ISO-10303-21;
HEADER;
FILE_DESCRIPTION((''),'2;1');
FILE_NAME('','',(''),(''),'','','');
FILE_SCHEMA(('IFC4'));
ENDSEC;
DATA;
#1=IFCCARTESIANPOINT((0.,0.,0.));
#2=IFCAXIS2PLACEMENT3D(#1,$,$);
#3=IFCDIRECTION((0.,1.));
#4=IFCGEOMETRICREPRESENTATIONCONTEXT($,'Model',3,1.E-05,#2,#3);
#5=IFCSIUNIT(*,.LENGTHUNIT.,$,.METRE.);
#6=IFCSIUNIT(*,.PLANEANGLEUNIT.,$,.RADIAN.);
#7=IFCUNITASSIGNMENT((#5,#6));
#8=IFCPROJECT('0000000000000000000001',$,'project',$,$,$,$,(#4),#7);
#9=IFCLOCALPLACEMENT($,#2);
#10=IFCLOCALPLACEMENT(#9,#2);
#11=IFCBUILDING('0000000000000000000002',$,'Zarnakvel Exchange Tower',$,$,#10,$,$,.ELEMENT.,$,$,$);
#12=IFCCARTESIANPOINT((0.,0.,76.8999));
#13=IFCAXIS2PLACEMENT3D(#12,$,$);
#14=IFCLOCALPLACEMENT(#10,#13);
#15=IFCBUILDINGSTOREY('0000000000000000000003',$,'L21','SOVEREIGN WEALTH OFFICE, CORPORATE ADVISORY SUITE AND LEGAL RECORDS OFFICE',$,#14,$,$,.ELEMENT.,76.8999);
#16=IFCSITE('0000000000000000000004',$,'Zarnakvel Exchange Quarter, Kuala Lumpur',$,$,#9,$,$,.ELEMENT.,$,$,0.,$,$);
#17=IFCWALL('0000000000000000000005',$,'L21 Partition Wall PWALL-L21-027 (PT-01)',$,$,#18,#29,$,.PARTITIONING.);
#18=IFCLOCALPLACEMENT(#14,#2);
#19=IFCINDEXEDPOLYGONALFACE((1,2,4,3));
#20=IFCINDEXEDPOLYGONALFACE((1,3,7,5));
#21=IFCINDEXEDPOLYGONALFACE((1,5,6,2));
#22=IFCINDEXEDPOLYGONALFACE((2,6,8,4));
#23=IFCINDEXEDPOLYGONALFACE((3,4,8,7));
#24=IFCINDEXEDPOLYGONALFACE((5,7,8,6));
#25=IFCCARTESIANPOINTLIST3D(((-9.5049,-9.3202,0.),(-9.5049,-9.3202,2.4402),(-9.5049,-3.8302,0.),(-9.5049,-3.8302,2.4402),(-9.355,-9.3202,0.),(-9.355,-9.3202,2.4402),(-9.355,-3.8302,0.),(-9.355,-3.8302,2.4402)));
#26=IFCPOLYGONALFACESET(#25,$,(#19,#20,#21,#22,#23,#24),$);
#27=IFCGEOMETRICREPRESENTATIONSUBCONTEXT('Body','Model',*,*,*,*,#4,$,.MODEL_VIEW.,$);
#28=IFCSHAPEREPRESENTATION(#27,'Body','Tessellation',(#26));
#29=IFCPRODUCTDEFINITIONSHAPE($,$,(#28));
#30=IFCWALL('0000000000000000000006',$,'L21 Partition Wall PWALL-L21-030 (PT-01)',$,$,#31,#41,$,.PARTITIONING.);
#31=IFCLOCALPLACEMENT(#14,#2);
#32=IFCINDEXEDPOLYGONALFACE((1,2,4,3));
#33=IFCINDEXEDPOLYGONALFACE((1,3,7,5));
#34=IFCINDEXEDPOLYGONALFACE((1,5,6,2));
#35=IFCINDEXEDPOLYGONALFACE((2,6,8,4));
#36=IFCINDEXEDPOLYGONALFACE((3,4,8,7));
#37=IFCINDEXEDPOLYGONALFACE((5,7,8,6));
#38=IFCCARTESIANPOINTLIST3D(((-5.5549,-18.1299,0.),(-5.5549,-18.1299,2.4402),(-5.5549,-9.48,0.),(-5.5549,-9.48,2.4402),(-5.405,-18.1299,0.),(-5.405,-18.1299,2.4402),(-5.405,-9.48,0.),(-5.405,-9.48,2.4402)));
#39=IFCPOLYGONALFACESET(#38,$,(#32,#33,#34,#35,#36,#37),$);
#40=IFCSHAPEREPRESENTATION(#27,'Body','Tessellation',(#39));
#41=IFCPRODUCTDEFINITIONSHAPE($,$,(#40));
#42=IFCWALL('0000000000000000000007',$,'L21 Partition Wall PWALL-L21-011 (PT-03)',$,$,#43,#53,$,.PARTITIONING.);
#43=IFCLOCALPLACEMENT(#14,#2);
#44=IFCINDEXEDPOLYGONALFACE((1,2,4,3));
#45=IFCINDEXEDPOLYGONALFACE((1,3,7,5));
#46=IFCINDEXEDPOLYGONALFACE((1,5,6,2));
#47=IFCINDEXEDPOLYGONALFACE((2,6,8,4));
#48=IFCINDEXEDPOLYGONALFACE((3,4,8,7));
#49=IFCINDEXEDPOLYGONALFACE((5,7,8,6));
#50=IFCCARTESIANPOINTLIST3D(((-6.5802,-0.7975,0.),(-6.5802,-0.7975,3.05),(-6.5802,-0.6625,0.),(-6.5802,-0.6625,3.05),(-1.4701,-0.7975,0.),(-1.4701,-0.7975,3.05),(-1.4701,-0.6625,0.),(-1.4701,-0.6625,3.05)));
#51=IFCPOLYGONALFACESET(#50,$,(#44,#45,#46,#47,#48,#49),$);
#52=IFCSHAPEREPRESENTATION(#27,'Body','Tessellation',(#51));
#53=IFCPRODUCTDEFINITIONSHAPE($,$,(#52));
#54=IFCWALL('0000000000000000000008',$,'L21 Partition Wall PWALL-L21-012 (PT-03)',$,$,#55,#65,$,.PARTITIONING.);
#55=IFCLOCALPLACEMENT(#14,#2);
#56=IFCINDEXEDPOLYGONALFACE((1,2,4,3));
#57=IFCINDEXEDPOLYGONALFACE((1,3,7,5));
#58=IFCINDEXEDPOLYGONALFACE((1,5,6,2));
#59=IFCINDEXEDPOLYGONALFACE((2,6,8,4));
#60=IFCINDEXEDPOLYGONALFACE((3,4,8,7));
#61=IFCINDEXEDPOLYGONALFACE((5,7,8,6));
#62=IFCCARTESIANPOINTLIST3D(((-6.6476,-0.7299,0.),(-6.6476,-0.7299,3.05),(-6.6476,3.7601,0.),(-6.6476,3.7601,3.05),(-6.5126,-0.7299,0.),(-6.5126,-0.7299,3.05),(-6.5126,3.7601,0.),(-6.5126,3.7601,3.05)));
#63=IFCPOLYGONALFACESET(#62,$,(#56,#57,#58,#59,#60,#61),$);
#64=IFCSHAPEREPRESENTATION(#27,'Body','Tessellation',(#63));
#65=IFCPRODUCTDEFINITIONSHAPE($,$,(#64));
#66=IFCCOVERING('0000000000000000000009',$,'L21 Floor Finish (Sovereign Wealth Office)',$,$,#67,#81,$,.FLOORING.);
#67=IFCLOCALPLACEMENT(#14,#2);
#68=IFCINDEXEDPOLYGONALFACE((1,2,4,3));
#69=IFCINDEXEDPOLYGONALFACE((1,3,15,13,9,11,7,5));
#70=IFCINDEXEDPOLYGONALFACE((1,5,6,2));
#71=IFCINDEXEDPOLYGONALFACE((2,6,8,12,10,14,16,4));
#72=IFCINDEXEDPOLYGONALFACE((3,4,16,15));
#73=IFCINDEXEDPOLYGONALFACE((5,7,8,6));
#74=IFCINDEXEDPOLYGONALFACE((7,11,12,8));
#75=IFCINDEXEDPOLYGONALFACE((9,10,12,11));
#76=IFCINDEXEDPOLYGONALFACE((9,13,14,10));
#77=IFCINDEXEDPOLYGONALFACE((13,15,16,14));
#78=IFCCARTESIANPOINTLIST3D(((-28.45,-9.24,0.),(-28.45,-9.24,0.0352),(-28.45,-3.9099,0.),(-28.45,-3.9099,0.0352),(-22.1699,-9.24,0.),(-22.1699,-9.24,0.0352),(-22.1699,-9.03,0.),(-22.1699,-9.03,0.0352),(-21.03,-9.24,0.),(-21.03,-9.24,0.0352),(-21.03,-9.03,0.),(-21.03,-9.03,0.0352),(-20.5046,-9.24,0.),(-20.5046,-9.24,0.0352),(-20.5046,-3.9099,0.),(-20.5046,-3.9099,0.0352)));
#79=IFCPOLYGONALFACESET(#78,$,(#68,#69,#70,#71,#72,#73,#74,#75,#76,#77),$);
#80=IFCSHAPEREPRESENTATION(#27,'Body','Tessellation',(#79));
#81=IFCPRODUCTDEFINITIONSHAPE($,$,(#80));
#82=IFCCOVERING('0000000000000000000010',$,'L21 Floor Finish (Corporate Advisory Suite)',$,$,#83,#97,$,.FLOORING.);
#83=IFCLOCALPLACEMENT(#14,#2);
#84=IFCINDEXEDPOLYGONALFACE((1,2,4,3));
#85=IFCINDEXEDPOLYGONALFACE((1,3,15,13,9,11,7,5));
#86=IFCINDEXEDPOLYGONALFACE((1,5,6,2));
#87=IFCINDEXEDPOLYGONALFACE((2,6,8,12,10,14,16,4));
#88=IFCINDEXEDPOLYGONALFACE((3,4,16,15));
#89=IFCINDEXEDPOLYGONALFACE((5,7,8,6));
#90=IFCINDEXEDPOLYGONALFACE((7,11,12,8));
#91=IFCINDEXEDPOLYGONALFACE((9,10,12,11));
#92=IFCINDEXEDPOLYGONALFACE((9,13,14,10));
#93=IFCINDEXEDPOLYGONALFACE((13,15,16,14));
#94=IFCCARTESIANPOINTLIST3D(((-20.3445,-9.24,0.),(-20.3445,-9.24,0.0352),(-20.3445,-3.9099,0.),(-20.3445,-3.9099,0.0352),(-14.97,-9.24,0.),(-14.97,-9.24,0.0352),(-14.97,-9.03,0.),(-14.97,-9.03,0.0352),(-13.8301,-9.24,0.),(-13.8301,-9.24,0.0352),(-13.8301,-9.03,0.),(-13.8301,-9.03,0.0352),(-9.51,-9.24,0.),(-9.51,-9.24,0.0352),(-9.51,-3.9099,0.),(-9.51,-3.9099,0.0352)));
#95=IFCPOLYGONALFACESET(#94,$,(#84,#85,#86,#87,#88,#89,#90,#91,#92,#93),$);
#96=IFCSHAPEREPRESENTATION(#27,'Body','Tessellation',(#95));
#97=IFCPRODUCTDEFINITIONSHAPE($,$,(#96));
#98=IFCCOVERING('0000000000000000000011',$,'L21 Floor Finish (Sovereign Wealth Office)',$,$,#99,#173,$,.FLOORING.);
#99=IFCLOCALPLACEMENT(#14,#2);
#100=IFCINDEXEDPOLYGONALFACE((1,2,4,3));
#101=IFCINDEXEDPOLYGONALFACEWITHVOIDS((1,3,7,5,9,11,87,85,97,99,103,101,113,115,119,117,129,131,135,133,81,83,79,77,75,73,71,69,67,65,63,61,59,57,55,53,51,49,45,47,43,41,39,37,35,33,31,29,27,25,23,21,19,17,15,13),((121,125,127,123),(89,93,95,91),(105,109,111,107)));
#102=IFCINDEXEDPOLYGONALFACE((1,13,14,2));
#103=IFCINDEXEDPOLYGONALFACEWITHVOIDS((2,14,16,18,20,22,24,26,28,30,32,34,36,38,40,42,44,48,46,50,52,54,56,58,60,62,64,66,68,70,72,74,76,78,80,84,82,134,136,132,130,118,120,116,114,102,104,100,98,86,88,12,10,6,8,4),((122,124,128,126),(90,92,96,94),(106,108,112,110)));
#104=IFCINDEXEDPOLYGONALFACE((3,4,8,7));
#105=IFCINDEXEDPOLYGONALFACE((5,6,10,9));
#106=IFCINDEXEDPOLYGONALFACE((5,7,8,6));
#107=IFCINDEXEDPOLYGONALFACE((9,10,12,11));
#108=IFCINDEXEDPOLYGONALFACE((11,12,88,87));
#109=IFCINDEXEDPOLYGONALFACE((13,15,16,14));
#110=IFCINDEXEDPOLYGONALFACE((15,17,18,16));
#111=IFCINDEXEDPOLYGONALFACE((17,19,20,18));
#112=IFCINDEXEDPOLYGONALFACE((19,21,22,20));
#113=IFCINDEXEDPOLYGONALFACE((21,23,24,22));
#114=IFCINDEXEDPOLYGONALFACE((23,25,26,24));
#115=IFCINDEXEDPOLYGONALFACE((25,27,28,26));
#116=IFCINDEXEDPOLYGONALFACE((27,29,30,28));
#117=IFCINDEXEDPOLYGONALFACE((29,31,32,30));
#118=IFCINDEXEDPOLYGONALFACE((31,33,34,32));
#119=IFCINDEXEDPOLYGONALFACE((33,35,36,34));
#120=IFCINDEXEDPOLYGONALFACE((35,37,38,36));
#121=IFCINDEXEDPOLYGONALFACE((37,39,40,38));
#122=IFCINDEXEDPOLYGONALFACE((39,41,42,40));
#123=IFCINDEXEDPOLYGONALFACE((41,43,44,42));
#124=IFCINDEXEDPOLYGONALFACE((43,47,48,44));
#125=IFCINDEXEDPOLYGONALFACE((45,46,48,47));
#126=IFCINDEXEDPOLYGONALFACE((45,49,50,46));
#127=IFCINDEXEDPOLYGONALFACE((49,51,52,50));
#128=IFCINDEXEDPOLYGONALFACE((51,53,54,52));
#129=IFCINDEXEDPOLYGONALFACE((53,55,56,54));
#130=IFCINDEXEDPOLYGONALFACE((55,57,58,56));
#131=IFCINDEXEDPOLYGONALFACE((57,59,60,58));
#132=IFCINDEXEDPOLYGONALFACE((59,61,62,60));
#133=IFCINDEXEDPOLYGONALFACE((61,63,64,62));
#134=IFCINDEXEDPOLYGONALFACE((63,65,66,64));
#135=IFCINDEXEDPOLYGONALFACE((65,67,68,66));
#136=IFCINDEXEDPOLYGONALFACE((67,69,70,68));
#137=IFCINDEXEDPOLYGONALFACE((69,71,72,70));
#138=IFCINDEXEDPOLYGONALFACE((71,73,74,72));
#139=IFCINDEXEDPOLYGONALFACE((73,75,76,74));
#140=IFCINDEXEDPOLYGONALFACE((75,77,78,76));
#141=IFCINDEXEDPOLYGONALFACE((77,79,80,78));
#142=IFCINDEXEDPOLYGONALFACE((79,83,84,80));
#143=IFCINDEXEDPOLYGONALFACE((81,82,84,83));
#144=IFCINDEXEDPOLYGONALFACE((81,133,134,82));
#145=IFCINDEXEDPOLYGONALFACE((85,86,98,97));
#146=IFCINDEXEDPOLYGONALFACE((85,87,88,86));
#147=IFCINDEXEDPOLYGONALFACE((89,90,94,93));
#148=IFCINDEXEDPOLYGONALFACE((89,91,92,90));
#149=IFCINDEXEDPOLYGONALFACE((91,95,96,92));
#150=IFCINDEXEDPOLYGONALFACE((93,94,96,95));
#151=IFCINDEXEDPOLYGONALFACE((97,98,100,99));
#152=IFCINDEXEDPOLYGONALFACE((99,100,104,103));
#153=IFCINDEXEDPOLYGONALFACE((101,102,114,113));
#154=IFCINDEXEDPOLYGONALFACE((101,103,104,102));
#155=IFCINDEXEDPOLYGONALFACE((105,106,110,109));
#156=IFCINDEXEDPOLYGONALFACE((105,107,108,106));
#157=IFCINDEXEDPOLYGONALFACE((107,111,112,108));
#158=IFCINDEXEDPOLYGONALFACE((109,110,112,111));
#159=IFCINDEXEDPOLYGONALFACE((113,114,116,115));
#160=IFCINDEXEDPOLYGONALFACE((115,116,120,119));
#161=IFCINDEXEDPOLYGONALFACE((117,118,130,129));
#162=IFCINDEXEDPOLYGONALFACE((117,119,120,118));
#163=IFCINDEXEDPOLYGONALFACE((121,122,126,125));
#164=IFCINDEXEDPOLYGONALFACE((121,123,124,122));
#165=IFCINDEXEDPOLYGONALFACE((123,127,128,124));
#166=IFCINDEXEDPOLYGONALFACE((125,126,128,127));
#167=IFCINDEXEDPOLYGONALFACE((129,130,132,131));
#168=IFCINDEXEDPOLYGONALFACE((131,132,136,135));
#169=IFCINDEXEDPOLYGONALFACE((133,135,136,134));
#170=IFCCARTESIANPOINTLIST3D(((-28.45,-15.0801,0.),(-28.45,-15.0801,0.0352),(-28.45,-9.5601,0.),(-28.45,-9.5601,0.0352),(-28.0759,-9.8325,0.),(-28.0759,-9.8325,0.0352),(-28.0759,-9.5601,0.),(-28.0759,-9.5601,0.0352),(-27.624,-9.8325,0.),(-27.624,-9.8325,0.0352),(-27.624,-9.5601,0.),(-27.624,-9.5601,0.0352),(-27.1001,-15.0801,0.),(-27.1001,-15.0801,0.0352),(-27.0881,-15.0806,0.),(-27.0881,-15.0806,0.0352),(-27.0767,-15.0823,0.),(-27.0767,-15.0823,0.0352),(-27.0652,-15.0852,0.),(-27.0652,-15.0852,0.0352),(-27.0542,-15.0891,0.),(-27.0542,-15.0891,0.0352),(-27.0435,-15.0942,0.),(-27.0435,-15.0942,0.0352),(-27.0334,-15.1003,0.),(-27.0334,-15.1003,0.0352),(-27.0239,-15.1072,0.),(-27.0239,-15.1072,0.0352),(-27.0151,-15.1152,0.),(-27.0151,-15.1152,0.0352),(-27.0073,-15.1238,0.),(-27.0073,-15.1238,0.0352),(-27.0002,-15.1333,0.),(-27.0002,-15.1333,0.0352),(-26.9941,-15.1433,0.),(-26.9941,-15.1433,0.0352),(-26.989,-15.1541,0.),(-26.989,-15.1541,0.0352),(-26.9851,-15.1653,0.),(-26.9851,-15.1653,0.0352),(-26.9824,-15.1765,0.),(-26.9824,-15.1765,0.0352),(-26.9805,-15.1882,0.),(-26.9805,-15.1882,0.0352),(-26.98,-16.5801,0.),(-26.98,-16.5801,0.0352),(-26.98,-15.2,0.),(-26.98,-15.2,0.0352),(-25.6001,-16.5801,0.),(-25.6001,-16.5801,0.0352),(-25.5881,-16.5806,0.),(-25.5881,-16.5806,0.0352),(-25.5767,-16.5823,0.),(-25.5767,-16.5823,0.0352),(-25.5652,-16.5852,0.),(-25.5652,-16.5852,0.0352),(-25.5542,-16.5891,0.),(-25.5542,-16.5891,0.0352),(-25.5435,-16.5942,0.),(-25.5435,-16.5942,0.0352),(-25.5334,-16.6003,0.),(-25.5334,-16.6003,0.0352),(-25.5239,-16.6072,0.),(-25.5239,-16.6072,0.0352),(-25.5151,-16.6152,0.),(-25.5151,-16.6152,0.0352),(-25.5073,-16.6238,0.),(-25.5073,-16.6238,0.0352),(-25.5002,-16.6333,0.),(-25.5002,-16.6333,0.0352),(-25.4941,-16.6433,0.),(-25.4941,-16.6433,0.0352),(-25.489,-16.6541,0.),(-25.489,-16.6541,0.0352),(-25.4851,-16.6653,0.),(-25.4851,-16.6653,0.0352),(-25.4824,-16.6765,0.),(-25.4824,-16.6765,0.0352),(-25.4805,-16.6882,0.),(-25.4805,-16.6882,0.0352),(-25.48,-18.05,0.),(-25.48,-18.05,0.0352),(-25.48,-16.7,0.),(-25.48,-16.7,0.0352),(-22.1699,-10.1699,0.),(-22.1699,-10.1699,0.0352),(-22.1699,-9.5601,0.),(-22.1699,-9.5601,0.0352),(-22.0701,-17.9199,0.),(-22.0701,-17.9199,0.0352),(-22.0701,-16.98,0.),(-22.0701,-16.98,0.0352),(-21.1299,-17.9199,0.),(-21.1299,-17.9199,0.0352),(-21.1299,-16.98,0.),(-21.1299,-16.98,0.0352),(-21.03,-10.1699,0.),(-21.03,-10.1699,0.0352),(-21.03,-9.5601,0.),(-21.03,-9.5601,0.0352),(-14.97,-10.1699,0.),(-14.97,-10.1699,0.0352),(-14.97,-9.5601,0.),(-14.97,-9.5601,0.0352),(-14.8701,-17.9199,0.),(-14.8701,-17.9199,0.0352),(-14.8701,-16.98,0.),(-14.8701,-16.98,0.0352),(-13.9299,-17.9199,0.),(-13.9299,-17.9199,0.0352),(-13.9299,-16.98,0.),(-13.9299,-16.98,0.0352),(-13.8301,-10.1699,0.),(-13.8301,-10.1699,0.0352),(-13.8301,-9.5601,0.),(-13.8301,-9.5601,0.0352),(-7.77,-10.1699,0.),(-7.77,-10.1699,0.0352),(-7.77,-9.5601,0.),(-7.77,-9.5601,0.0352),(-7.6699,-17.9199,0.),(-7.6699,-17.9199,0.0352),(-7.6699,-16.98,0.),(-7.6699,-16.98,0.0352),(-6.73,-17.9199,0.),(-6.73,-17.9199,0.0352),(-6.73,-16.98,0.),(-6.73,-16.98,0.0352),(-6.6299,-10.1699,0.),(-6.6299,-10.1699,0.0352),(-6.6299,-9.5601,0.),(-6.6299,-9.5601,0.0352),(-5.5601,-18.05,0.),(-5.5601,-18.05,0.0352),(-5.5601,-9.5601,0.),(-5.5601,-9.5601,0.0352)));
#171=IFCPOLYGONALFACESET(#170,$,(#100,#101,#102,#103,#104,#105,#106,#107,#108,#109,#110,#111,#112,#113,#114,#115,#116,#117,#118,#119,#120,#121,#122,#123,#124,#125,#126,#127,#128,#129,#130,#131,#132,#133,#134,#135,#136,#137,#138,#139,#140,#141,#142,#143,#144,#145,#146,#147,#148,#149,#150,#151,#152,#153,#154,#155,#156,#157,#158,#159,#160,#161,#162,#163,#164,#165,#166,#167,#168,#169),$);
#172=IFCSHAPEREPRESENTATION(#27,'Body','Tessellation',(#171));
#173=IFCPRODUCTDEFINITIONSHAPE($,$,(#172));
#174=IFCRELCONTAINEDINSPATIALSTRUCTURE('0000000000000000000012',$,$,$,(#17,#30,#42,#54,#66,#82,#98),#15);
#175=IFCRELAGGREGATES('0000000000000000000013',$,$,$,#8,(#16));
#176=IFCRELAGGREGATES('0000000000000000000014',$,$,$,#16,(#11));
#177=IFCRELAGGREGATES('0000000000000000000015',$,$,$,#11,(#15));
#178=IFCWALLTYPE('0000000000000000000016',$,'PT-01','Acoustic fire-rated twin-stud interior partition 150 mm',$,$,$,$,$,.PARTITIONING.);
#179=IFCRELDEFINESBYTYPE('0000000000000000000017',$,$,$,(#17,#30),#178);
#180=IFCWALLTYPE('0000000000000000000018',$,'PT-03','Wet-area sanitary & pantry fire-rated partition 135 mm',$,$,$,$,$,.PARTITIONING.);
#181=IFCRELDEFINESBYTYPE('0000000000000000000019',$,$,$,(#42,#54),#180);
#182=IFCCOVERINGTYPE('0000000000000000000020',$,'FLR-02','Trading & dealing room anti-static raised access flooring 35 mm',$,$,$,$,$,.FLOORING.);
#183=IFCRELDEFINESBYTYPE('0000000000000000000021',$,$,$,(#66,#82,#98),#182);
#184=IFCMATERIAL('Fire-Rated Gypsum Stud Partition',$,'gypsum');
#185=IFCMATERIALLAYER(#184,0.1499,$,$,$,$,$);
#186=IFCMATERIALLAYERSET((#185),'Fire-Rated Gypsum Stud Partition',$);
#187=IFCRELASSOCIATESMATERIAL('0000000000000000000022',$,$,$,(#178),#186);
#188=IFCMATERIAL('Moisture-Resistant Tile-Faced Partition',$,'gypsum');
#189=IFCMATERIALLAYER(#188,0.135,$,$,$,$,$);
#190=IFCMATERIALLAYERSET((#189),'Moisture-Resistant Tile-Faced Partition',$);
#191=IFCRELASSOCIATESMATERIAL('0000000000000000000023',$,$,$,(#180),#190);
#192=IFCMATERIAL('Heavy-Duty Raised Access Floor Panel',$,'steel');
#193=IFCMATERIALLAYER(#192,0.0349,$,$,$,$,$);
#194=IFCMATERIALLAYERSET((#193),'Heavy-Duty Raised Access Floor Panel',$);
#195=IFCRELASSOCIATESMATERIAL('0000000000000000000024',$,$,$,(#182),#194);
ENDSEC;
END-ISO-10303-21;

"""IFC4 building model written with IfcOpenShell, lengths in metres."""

from ifc_helpers import new_model, si_unit, direction, frame, frame_2d, origin, place, context, subcontext, project, spatial, polyline, rectangle, outline, extrude, material, layer, layer_set, type_object, element, save


model = new_model("IFC4")

# Units and contexts
model_context = context("Model", 3, precision=1e-05, world=origin(), true_north=direction((0.0, 1.0)))
body_context = subcontext(model_context, "Body", "Model", "MODEL_VIEW")
ifc_project = project(units=[si_unit("LENGTHUNIT", "METRE"), si_unit("PLANEANGLEUNIT", "RADIAN")], contexts=[model_context])

# Site, building, storey
site_placement = place(None, origin())
site = spatial("IfcSite", under=ifc_project, at=site_placement, Name="Zarnakvel Exchange Quarter, Kuala Lumpur", CompositionType="ELEMENT", RefElevation=0.0)
building_placement = place(site_placement, origin())
building = spatial("IfcBuilding", under=site, at=building_placement, Name="Zarnakvel Exchange Tower", CompositionType="ELEMENT")
storey_placement = place(building_placement, frame((0.0, 0.0, 76.8999)))
storey = spatial("IfcBuildingStorey", under=building, at=storey_placement, Name="L21", Description="SOVEREIGN WEALTH OFFICE, CORPORATE ADVISORY SUITE AND LEGAL RECORDS OFFICE", CompositionType="ELEMENT", Elevation=76.8999)

# Walls
ifc_material_1 = material(Name="Fire-Rated Gypsum Stud Partition", Category="gypsum")
ifc_layer_1 = layer(ifc_material_1, 0.1499)
ifc_layer_set_1 = layer_set([ifc_layer_1], Name="Fire-Rated Gypsum Stud Partition")
wall_type_1 = type_object("IfcWallType", Name="PT-01", Description="Acoustic fire-rated twin-stud interior partition 150 mm", PredefinedType="PARTITIONING", material=ifc_layer_set_1)
wall_1_placement = place(storey_placement, frame((-9.4299, -3.8301, 0.0), z_axis=(0.0, 0.0, 1.0), x_axis=(0.0, -1.0, 0.0)))
element("IfcWall", 1, at=wall_1_placement, inside=storey, type_object=wall_type_1, Name="L21 Partition Wall PWALL-L21-027 (PT-01)", PredefinedType="PARTITIONING", context=body_context, shape_type="SweptSolid", body=[
    extrude(rectangle(XDim=5.49, YDim=0.1499, at=frame_2d((2.7451, 0.0))), origin(), (0.0, 0.0, 1.0), 2.4402),
])
wall_2_placement = place(storey_placement, frame((-5.48, -9.48, 0.0), z_axis=(0.0, 0.0, 1.0), x_axis=(0.0, -1.0, 0.0)))
element("IfcWall", 2, at=wall_2_placement, inside=storey, type_object=wall_type_1, Name="L21 Partition Wall PWALL-L21-030 (PT-01)", PredefinedType="PARTITIONING", context=body_context, shape_type="SweptSolid", body=[
    extrude(rectangle(XDim=8.6499, YDim=0.1499, at=frame_2d((4.325, 0.0))), origin(), (0.0, 0.0, 1.0), 2.4402),
])
ifc_material_2 = material(Name="Moisture-Resistant Tile-Faced Partition", Category="gypsum")
ifc_layer_2 = layer(ifc_material_2, 0.135)
ifc_layer_set_2 = layer_set([ifc_layer_2], Name="Moisture-Resistant Tile-Faced Partition")
wall_type_2 = type_object("IfcWallType", Name="PT-03", Description="Wet-area sanitary & pantry fire-rated partition 135 mm", PredefinedType="PARTITIONING", material=ifc_layer_set_2)
wall_3_placement = place(storey_placement, frame((-1.47, -0.73, 0.0), z_axis=(0.0, 0.0, 1.0), x_axis=(-1.0, 0.0, 0.0)))
element("IfcWall", 3, at=wall_3_placement, inside=storey, type_object=wall_type_2, Name="L21 Partition Wall PWALL-L21-011 (PT-03)", PredefinedType="PARTITIONING", context=body_context, shape_type="SweptSolid", body=[
    extrude(rectangle(XDim=5.1101, YDim=0.135, at=frame_2d((2.5552, 0.0))), origin(), (0.0, 0.0, 1.0), 3.05),
])
wall_4_placement = place(storey_placement, frame((-6.5801, -0.73, 0.0), z_axis=(0.0, 0.0, 1.0), x_axis=(0.0, 1.0, 0.0)))
element("IfcWall", 4, at=wall_4_placement, inside=storey, type_object=wall_type_2, Name="L21 Partition Wall PWALL-L21-012 (PT-03)", PredefinedType="PARTITIONING", context=body_context, shape_type="SweptSolid", body=[
    extrude(rectangle(XDim=4.49, YDim=0.135, at=frame_2d((2.2451, 0.0))), origin(), (0.0, 0.0, 1.0), 3.05),
])

# Coverings
ifc_material_3 = material(Name="Heavy-Duty Raised Access Floor Panel", Category="steel")
ifc_layer_3 = layer(ifc_material_3, 0.0349)
ifc_layer_set_3 = layer_set([ifc_layer_3], Name="Heavy-Duty Raised Access Floor Panel")
covering_type = type_object("IfcCoveringType", Name="FLR-02", Description="Trading & dealing room anti-static raised access flooring 35 mm", PredefinedType="FLOORING", material=ifc_layer_set_3)
covering_1_placement = place(storey_placement, origin())
element("IfcCovering", 5, at=covering_1_placement, inside=storey, type_object=covering_type, Name="L21 Floor Finish (Sovereign Wealth Office)", PredefinedType="FLOORING", context=body_context, shape_type="SweptSolid", body=[
    extrude(outline(polyline([(-28.45, -3.9099), (-20.5046, -3.9099), (-20.5046, -9.24), (-21.03, -9.24), (-21.03, -9.03), (-22.1699, -9.03), (-22.1699, -9.24), (-28.45, -9.24), (-28.45, -3.9099)])), origin(), (0.0, 0.0, 1.0), 0.0352),
])
covering_2_placement = place(storey_placement, origin())
element("IfcCovering", 6, at=covering_2_placement, inside=storey, type_object=covering_type, Name="L21 Floor Finish (Corporate Advisory Suite)", PredefinedType="FLOORING", context=body_context, shape_type="SweptSolid", body=[
    extrude(outline(polyline([(-20.3445, -3.9099), (-9.51, -3.9099), (-9.51, -9.24), (-13.8301, -9.24), (-13.8301, -9.03), (-14.97, -9.03), (-14.97, -9.24), (-20.3445, -9.24), (-20.3445, -3.9099)])), origin(), (0.0, 0.0, 1.0), 0.0352),
])
covering_3_placement = place(storey_placement, origin())
element("IfcCovering", 7, at=covering_3_placement, inside=storey, type_object=covering_type, Name="L21 Floor Finish (Sovereign Wealth Office)", PredefinedType="FLOORING", context=body_context, shape_type="SweptSolid", body=[
    extrude(outline(polyline([(-28.0759, -9.5601), (-28.0759, -9.8325), (-27.624, -9.8325), (-27.624, -9.5601), (-22.1699, -9.5601), (-22.1699, -10.1699), (-21.03, -10.1699), (-21.03, -9.5601), (-14.97, -9.5601), (-14.97, -10.1699), (-13.8301, -10.1699), (-13.8301, -9.5601), (-7.77, -9.5601), (-7.77, -10.1699), (-6.6299, -10.1699), (-6.6299, -9.5601), (-5.5601, -9.5601), (-5.5601, -18.05), (-25.48, -18.05), (-25.48, -16.7), (-25.4805, -16.6882), (-25.4824, -16.6765), (-25.4851, -16.6653), (-25.489, -16.6541), (-25.4941, -16.6433), (-25.5002, -16.6333), (-25.5073, -16.6238), (-25.5151, -16.6152), (-25.5239, -16.6072), (-25.5334, -16.6003), (-25.5435, -16.5942), (-25.5542, -16.5891), (-25.5652, -16.5852), (-25.5767, -16.5823), (-25.5881, -16.5806), (-25.6001, -16.5801), (-26.98, -16.5801), (-26.98, -15.2), (-26.9805, -15.1882), (-26.9824, -15.1765), (-26.9851, -15.1653), (-26.989, -15.1541), (-26.9941, -15.1433), (-27.0002, -15.1333), (-27.0073, -15.1238), (-27.0151, -15.1152), (-27.0239, -15.1072), (-27.0334, -15.1003), (-27.0435, -15.0942), (-27.0542, -15.0891), (-27.0652, -15.0852), (-27.0767, -15.0823), (-27.0881, -15.0806), (-27.1001, -15.0801), (-28.45, -15.0801), (-28.45, -9.5601), (-28.0759, -9.5601)]), holes=[polyline([(-6.73, -17.9199), (-6.73, -16.98), (-7.6699, -16.98), (-7.6699, -17.9199), (-6.73, -17.9199)]), polyline([(-13.9299, -17.9199), (-13.9299, -16.98), (-14.8701, -16.98), (-14.8701, -17.9199), (-13.9299, -17.9199)]), polyline([(-21.1299, -17.9199), (-21.1299, -16.98), (-22.0701, -16.98), (-22.0701, -17.9199), (-21.1299, -17.9199)])]), origin(), (0.0, 0.0, 1.0), 0.0352),
])

save(model, "model.ifc")
